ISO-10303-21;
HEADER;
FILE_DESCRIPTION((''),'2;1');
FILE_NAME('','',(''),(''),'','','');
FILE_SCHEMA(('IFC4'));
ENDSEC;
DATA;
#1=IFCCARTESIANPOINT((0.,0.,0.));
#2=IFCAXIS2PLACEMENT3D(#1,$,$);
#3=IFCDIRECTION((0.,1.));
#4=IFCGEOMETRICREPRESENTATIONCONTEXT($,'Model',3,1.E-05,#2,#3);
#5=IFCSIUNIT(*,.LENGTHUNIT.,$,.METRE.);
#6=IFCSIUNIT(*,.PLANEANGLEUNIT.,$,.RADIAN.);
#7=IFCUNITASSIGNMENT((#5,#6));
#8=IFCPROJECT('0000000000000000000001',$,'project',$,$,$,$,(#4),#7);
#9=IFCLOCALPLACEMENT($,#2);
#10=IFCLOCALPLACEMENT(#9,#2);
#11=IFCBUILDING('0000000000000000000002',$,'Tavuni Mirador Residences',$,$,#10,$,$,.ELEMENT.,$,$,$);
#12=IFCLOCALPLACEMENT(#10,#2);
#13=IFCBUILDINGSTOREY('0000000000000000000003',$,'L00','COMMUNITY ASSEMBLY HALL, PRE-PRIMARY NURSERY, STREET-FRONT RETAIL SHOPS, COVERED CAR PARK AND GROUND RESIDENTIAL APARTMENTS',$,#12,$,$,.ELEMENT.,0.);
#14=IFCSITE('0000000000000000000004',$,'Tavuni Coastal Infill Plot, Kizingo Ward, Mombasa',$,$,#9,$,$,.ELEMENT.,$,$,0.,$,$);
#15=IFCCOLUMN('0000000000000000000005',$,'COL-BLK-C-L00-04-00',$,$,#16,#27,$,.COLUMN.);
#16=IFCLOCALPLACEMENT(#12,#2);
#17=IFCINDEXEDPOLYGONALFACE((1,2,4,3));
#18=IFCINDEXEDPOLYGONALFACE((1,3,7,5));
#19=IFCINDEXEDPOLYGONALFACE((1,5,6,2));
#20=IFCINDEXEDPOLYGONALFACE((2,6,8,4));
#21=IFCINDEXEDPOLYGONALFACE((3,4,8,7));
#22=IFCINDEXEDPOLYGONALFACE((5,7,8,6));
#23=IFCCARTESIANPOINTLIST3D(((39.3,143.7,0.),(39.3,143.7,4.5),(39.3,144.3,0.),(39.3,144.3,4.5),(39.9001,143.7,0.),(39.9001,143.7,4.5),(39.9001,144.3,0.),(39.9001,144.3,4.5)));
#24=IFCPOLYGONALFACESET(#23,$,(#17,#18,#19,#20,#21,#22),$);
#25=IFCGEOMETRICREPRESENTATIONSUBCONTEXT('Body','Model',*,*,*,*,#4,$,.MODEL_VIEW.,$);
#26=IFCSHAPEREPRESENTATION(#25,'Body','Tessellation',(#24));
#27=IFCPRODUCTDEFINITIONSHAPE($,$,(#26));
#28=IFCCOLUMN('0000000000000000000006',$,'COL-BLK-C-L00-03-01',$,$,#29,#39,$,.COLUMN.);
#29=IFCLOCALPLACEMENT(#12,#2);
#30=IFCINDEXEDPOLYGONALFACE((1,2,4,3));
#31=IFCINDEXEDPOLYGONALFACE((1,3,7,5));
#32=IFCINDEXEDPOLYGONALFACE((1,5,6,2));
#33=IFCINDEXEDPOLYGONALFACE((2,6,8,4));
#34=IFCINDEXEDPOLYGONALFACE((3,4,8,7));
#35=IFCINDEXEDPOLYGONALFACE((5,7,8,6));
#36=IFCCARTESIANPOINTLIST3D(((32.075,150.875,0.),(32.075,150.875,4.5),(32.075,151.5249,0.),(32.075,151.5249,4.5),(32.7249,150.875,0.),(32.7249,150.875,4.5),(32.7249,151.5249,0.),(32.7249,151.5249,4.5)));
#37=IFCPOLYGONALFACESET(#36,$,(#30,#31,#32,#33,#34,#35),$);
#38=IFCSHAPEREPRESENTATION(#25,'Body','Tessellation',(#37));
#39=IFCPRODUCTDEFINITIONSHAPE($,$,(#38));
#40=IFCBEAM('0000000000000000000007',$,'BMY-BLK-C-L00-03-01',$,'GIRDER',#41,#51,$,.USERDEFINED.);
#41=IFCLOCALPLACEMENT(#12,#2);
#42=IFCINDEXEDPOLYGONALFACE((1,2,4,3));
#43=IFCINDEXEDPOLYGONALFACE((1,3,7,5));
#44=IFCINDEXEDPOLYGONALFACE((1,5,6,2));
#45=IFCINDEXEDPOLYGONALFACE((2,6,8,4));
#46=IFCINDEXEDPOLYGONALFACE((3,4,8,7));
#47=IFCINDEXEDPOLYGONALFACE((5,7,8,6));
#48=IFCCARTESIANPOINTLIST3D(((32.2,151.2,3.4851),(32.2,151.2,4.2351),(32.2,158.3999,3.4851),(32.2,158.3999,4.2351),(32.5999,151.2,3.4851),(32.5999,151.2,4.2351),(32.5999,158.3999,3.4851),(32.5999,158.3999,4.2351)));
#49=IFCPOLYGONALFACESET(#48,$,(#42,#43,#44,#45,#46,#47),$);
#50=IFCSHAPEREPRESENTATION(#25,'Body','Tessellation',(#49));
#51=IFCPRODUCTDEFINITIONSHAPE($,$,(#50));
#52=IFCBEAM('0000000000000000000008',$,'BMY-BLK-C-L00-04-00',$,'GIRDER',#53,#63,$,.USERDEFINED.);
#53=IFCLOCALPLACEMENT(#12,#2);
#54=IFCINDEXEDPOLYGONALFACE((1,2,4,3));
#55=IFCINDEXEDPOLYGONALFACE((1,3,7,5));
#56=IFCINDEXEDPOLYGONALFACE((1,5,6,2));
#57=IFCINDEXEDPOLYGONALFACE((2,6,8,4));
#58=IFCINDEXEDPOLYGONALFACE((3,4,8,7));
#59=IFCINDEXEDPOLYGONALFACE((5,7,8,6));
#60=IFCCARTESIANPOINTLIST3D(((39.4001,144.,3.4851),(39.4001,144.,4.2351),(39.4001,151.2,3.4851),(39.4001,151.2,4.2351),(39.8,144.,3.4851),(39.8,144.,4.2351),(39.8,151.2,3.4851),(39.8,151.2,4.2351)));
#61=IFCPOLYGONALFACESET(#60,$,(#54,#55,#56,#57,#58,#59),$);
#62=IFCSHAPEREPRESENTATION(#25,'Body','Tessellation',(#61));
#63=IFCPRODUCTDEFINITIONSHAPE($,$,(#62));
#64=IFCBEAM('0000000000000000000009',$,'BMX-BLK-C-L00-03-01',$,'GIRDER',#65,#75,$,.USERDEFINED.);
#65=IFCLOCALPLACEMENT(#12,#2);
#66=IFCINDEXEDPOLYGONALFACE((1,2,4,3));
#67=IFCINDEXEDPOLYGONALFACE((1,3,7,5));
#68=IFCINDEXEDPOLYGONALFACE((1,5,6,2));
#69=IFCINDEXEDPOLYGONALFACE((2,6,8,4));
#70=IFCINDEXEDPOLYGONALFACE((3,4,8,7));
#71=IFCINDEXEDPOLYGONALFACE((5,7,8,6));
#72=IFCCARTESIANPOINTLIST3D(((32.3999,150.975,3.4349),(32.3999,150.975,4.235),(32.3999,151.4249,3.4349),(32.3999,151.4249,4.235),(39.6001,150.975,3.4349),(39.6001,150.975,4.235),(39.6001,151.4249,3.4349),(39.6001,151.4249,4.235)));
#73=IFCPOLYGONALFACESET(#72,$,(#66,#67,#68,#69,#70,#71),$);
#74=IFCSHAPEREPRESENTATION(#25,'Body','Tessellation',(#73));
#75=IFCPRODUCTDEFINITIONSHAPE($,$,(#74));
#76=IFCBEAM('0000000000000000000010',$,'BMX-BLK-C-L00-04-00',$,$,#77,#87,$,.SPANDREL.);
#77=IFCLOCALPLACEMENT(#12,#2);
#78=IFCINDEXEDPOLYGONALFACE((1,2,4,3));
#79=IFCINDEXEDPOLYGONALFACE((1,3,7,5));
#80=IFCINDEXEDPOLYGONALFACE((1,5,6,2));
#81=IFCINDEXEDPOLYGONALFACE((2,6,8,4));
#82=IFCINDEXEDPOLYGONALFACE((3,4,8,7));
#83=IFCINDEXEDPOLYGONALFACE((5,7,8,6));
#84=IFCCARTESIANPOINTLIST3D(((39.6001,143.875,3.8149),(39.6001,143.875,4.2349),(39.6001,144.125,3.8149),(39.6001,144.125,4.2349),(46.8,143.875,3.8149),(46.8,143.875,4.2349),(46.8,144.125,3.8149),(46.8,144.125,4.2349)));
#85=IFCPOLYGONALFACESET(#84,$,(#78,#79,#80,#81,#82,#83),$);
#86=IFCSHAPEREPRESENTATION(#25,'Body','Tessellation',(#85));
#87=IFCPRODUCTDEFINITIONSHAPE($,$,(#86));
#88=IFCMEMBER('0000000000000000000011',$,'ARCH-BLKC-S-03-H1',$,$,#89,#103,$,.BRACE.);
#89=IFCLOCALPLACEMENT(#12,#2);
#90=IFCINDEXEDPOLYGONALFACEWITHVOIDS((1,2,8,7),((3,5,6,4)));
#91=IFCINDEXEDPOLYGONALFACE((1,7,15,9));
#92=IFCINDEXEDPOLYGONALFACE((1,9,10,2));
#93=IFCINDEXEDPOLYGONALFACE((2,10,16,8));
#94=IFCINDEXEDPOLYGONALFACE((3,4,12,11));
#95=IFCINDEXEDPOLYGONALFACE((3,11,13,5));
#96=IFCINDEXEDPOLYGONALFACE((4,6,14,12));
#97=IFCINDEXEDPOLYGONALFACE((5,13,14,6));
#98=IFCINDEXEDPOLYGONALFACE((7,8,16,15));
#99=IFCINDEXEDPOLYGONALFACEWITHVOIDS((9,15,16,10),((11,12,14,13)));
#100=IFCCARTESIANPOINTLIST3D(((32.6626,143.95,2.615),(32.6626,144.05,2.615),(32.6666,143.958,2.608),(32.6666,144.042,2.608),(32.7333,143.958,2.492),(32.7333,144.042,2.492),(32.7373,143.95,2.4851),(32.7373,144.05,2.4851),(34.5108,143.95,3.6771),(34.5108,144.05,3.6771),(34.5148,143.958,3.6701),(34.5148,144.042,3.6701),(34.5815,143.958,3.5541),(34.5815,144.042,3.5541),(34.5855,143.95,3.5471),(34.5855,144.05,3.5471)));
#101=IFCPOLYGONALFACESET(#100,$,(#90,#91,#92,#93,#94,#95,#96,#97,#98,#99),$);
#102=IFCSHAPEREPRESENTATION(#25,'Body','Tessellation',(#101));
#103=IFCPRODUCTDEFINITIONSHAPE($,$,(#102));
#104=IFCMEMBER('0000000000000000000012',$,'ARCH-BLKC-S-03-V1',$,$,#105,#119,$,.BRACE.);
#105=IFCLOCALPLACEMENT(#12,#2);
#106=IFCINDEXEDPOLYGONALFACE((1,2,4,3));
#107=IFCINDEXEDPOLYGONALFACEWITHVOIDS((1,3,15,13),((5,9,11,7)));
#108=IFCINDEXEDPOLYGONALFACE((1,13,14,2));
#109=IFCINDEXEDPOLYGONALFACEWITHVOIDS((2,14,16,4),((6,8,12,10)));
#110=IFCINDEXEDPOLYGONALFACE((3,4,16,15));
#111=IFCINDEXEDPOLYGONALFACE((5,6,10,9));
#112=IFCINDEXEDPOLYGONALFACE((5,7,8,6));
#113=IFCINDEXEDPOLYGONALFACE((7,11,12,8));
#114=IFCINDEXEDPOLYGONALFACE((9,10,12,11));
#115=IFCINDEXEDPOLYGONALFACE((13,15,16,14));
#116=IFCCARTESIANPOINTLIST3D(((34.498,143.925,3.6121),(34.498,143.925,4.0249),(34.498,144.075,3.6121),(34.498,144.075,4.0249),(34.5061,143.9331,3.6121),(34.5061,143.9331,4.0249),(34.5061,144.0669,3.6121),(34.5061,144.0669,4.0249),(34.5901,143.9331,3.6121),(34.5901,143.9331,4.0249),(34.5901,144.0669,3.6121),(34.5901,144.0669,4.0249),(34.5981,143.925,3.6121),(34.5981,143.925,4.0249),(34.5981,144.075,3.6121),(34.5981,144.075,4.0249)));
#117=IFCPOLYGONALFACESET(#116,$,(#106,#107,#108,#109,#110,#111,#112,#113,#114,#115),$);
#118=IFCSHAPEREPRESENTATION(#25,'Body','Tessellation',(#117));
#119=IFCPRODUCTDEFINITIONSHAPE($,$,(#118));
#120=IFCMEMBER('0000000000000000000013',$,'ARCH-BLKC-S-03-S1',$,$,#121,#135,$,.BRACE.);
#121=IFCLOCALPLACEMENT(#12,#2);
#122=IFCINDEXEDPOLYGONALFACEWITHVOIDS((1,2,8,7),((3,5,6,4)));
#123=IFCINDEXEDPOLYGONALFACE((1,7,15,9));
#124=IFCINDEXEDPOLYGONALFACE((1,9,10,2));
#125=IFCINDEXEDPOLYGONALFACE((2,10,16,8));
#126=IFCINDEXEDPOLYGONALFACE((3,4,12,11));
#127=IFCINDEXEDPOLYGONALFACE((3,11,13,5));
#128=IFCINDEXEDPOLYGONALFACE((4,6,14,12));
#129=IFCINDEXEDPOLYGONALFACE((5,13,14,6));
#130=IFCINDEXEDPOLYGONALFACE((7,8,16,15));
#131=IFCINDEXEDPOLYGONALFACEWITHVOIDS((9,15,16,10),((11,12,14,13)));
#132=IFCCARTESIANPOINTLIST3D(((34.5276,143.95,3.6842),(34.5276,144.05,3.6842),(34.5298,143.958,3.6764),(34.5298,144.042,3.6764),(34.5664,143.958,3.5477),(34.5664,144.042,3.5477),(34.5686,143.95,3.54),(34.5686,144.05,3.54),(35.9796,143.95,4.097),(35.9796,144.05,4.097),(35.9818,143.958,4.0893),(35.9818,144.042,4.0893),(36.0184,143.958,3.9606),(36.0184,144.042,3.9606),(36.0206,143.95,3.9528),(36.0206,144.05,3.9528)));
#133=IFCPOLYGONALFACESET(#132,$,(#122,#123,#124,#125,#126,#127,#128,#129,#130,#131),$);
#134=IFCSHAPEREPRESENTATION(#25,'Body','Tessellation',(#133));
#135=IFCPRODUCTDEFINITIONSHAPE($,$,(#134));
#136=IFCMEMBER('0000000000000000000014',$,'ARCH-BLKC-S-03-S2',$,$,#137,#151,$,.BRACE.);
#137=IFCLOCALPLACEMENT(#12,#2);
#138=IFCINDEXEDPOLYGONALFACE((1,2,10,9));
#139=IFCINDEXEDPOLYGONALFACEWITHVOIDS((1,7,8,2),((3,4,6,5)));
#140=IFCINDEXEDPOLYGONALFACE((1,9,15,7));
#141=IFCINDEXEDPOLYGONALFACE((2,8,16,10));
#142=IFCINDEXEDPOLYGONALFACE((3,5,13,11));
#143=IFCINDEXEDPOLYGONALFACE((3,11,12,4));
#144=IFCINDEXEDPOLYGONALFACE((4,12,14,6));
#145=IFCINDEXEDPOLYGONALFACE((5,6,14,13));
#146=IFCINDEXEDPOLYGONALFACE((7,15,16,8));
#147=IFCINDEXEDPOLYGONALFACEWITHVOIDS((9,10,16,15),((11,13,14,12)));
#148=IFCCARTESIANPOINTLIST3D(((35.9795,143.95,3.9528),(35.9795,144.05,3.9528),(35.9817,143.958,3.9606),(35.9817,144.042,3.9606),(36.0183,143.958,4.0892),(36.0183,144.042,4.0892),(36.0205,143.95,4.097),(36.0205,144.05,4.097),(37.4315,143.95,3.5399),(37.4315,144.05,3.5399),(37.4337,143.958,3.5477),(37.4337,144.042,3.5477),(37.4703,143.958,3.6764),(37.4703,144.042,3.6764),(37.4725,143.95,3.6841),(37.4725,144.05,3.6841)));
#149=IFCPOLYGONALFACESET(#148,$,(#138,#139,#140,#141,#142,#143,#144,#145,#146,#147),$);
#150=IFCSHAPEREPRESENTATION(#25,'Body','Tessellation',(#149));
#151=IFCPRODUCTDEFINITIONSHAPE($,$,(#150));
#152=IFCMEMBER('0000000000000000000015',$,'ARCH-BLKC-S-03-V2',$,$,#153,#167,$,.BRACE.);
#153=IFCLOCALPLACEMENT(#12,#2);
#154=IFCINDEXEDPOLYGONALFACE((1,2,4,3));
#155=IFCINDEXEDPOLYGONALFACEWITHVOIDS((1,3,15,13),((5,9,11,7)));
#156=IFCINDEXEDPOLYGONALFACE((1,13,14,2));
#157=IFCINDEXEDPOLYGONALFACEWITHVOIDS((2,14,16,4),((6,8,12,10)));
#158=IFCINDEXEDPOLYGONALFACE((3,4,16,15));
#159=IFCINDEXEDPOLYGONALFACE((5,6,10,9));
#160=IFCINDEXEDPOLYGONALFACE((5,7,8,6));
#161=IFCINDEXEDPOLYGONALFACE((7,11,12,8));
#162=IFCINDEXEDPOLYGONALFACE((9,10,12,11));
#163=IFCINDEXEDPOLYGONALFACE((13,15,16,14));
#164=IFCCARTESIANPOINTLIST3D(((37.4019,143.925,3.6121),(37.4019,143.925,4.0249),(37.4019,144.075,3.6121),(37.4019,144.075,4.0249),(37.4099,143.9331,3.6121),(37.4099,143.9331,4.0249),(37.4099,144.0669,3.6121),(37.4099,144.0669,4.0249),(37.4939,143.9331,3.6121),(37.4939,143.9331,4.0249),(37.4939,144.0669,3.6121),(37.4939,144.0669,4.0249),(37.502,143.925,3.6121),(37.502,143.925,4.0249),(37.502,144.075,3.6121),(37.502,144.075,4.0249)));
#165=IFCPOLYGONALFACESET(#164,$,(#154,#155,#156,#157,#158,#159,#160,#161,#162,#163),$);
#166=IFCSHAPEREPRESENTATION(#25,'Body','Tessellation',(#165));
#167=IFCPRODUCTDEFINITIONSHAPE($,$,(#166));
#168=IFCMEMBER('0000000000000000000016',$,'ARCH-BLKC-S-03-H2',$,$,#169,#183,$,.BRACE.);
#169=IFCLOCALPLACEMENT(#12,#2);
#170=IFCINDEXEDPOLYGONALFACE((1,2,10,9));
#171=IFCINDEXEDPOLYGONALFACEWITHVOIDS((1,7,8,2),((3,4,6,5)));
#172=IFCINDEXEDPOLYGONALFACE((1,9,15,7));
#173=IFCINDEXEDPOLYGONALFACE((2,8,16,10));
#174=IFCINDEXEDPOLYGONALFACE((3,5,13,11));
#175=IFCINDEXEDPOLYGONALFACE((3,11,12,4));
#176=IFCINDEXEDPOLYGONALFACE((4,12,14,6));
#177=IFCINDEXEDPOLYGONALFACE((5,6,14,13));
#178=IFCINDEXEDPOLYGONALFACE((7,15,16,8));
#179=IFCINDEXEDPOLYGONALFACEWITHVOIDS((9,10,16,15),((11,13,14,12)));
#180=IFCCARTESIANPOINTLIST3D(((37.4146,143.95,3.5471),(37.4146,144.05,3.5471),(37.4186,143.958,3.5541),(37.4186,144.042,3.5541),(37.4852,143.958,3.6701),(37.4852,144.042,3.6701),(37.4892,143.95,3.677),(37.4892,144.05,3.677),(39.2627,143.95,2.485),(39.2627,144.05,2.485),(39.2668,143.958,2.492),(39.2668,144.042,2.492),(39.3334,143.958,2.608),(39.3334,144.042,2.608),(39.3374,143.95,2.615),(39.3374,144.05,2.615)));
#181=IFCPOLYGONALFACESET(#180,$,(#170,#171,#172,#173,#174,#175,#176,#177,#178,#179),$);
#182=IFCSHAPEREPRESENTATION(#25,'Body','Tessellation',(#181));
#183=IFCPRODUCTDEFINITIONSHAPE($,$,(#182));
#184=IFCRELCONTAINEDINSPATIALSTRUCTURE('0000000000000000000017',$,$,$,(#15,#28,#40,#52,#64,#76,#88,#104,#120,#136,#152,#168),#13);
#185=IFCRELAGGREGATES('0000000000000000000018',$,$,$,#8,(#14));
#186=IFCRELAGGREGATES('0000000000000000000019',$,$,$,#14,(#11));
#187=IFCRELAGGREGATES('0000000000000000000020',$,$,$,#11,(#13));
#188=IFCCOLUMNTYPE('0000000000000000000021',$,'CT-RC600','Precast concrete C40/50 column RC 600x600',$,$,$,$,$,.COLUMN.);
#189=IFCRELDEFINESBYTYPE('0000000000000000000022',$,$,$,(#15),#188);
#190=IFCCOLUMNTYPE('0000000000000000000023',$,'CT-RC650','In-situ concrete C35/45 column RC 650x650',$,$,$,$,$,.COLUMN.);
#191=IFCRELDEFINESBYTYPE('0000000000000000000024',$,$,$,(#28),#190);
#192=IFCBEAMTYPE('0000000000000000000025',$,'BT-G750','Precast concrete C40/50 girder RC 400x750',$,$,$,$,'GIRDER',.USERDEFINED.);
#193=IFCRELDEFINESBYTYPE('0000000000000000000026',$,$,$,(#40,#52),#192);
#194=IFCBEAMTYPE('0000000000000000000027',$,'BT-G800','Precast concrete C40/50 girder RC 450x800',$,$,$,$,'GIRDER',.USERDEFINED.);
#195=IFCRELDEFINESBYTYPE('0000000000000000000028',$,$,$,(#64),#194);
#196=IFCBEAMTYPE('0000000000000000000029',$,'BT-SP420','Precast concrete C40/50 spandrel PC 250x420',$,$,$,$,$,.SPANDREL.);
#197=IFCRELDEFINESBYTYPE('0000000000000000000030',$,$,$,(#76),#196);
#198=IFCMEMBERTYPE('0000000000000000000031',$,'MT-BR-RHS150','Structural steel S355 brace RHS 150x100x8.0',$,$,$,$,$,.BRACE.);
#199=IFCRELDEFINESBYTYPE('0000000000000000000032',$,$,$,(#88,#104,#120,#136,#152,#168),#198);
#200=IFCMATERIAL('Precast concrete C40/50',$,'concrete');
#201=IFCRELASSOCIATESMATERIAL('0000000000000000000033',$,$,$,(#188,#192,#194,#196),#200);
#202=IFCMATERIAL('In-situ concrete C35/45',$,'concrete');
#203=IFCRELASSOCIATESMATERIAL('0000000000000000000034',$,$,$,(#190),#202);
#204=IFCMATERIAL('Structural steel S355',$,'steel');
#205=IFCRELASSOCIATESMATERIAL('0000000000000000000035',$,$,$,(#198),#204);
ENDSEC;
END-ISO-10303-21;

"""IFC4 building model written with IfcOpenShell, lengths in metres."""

from ifc_helpers import new_model, si_unit, direction, frame, origin, origin_2d, place, context, subcontext, project, spatial, rectangle, hollow_rectangle, extrude, material, material_profile, profile_set, type_object, element, save


model = new_model("IFC4")

# Units and contexts
model_context = context("Model", 3, precision=1e-05, world=origin(), true_north=direction((0.0, 1.0)))
body_context = subcontext(model_context, "Body", "Model", "MODEL_VIEW")
ifc_project = project(units=[si_unit("LENGTHUNIT", "METRE"), si_unit("PLANEANGLEUNIT", "RADIAN")], contexts=[model_context])

# Site, building, storey
site_placement = place(None, origin())
site = spatial("IfcSite", under=ifc_project, at=site_placement, Name="Tavuni Coastal Infill Plot, Kizingo Ward, Mombasa", CompositionType="ELEMENT", RefElevation=0.0)
building_placement = place(site_placement, origin())
building = spatial("IfcBuilding", under=site, at=building_placement, Name="Tavuni Mirador Residences", CompositionType="ELEMENT")
storey_placement = place(building_placement, origin())
storey = spatial("IfcBuildingStorey", under=building, at=storey_placement, Name="L00", Description="COMMUNITY ASSEMBLY HALL, PRE-PRIMARY NURSERY, STREET-FRONT RETAIL SHOPS, COVERED CAR PARK AND GROUND RESIDENTIAL APARTMENTS", CompositionType="ELEMENT", Elevation=0.0)

# Columns
ifc_material_1 = material(Name="Precast concrete C40/50", Category="concrete")
ifc_material_profile_1 = material_profile(ifc_material_1, rectangle(XDim=0.6001, YDim=0.6001, at=origin_2d()), Name="RC 600x600", Category="concrete")
ifc_profile_set_1 = profile_set([ifc_material_profile_1], Name="Precast concrete C40/50")
column_type_1 = type_object("IfcColumnType", Name="CT-RC600", Description="Precast concrete C40/50 column RC 600x600", PredefinedType="COLUMN", material=ifc_profile_set_1)
column_1_placement = place(storey_placement, frame((39.6001, 144.0, 0.0), z_axis=(0.0, 0.0, 1.0), x_axis=(1.0, 0.0, 0.0)))
element("IfcColumn", 1, at=column_1_placement, inside=storey, type_object=column_type_1, Name="COL-BLK-C-L00-04-00", PredefinedType="COLUMN", context=body_context, shape_type="SweptSolid", body=[
    extrude(rectangle(XDim=0.6001, YDim=0.6001, at=origin_2d()), origin(), (0.0, 0.0, 1.0), 4.5),
])
ifc_material_2 = material(Name="In-situ concrete C35/45", Category="concrete")
ifc_material_profile_2 = material_profile(ifc_material_2, rectangle(XDim=0.6499, YDim=0.6499, at=origin_2d()), Name="RC 650x650", Category="concrete")
ifc_profile_set_2 = profile_set([ifc_material_profile_2], Name="In-situ concrete C35/45")
column_type_2 = type_object("IfcColumnType", Name="CT-RC650", Description="In-situ concrete C35/45 column RC 650x650", PredefinedType="COLUMN", material=ifc_profile_set_2)
column_2_placement = place(storey_placement, frame((32.3999, 151.2, 0.0), z_axis=(0.0, 0.0, 1.0), x_axis=(1.0, 0.0, 0.0)))
element("IfcColumn", 2, at=column_2_placement, inside=storey, type_object=column_type_2, Name="COL-BLK-C-L00-03-01", PredefinedType="COLUMN", context=body_context, shape_type="SweptSolid", body=[
    extrude(rectangle(XDim=0.6499, YDim=0.6499, at=origin_2d()), origin(), (0.0, 0.0, 1.0), 4.5),
])

# Beams
ifc_material_profile_3 = material_profile(ifc_material_1, rectangle(XDim=0.3999, YDim=0.75, at=origin_2d()), Name="RC 400x750", Category="concrete")
ifc_profile_set_3 = profile_set([ifc_material_profile_3], Name="Precast concrete C40/50")
beam_type_1 = type_object("IfcBeamType", Name="BT-G750", Description="Precast concrete C40/50 girder RC 400x750", ElementType="GIRDER", PredefinedType="USERDEFINED", material=ifc_profile_set_3)
for number, where, z_axis, x_axis, name in (
    (3, (32.3999, 151.2, 3.8601), (0.0, 1.0, 0.0), (-1.0, 0.0, 0.0), "BMY-BLK-C-L00-03-01"),
    (4, (39.6001, 144.0, 3.8601), (0.0, 1.0, 0.0), (-1.0, 0.0, 0.0), "BMY-BLK-C-L00-04-00"),
):
    element("IfcBeam", number, at=place(storey_placement, frame(where, z_axis=z_axis, x_axis=x_axis)), inside=storey, type_object=beam_type_1, Name=name, ObjectType="GIRDER", PredefinedType="USERDEFINED", context=body_context, shape_type="SweptSolid", body=[
        extrude(rectangle(XDim=0.3999, YDim=0.75, at=origin_2d()), origin(), (0.0, 0.0, 1.0), 7.2),
    ])
ifc_material_profile_4 = material_profile(ifc_material_1, rectangle(XDim=0.45, YDim=0.8, at=origin_2d()), Name="RC 450x800", Category="concrete")
ifc_profile_set_4 = profile_set([ifc_material_profile_4], Name="Precast concrete C40/50")
beam_type_2 = type_object("IfcBeamType", Name="BT-G800", Description="Precast concrete C40/50 girder RC 450x800", ElementType="GIRDER", PredefinedType="USERDEFINED", material=ifc_profile_set_4)
beam_1_placement = place(storey_placement, frame((32.3999, 151.2, 3.835), z_axis=(1.0, 0.0, 0.0), x_axis=(0.0, 1.0, 0.0)))
element("IfcBeam", 5, at=beam_1_placement, inside=storey, type_object=beam_type_2, Name="BMX-BLK-C-L00-03-01", ObjectType="GIRDER", PredefinedType="USERDEFINED", context=body_context, shape_type="SweptSolid", body=[
    extrude(rectangle(XDim=0.45, YDim=0.8, at=origin_2d()), origin(), (0.0, 0.0, 1.0), 7.2002),
])
ifc_material_profile_5 = material_profile(ifc_material_1, rectangle(XDim=0.25, YDim=0.4199, at=origin_2d()), Name="PC 250x420", Category="concrete")
ifc_profile_set_5 = profile_set([ifc_material_profile_5], Name="Precast concrete C40/50")
beam_type_3 = type_object("IfcBeamType", Name="BT-SP420", Description="Precast concrete C40/50 spandrel PC 250x420", PredefinedType="SPANDREL", material=ifc_profile_set_5)
beam_2_placement = place(storey_placement, frame((39.6001, 144.0, 4.0249), z_axis=(1.0, 0.0, 0.0), x_axis=(0.0, 1.0, 0.0)))
element("IfcBeam", 6, at=beam_2_placement, inside=storey, type_object=beam_type_3, Name="BMX-BLK-C-L00-04-00", PredefinedType="SPANDREL", context=body_context, shape_type="SweptSolid", body=[
    extrude(rectangle(XDim=0.25, YDim=0.4199, at=origin_2d()), origin(), (0.0, 0.0, 1.0), 7.2),
])

# Members
ifc_material_3 = material(Name="Structural steel S355", Category="steel")
ifc_material_profile_6 = material_profile(ifc_material_3, hollow_rectangle(XDim=0.1001, YDim=0.1499, WallThickness=0.0081, at=origin_2d()), Name="RHS 150x100x8.0", Category="steel")
ifc_profile_set_6 = profile_set([ifc_material_profile_6], Name="Structural steel S355")
member_type = type_object("IfcMemberType", Name="MT-BR-RHS150", Description="Structural steel S355 brace RHS 150x100x8.0", PredefinedType="BRACE", material=ifc_profile_set_6)
member_1_placement = place(storey_placement, frame((32.7, 144.0, 2.55), z_axis=(0.867042, 0.0, 0.498234), x_axis=(0.0, 1.0, 0.0)))
element("IfcMember", 7, at=member_1_placement, inside=storey, type_object=member_type, Name="ARCH-BLKC-S-03-H1", PredefinedType="BRACE", context=body_context, shape_type="SweptSolid", body=[
    extrude(hollow_rectangle(XDim=0.1001, YDim=0.1499, WallThickness=0.0081, at=origin_2d()), origin(), (0.0, 0.0, 1.0), 2.1316),
])
member_2_placement = place(storey_placement, frame((34.5481, 144.0, 3.6121), z_axis=(0.0, 0.0, 1.0), x_axis=(1.0, 0.0, 0.0)))
element("IfcMember", 8, at=member_2_placement, inside=storey, type_object=member_type, Name="ARCH-BLKC-S-03-V1", PredefinedType="BRACE", context=body_context, shape_type="SweptSolid", body=[
    extrude(hollow_rectangle(XDim=0.1001, YDim=0.1499, WallThickness=0.0081, at=origin_2d()), origin(), (0.0, 0.0, 1.0), 0.4128),
])
for number, where, z_axis, x_axis, name in (
    (9, (34.5481, 144.0, 3.6121), (0.961871, 0.0, 0.273503), (0.0, 1.0, 0.0), "ARCH-BLKC-S-03-S1"),
    (10, (36.0, 144.0, 4.0249), (0.961871, 0.0, -0.273503), (0.0, 1.0, 0.0), "ARCH-BLKC-S-03-S2"),
):
    element("IfcMember", number, at=place(storey_placement, frame(where, z_axis=z_axis, x_axis=x_axis)), inside=storey, type_object=member_type, Name=name, PredefinedType="BRACE", context=body_context, shape_type="SweptSolid", body=[
        extrude(hollow_rectangle(XDim=0.1001, YDim=0.1499, WallThickness=0.0081, at=origin_2d()), origin(), (0.0, 0.0, 1.0), 1.5095),
    ])
member_3_placement = place(storey_placement, frame((37.4519, 144.0, 3.6121), z_axis=(0.0, 0.0, 1.0), x_axis=(1.0, 0.0, 0.0)))
element("IfcMember", 11, at=member_3_placement, inside=storey, type_object=member_type, Name="ARCH-BLKC-S-03-V2", PredefinedType="BRACE", context=body_context, shape_type="SweptSolid", body=[
    extrude(hollow_rectangle(XDim=0.1001, YDim=0.1499, WallThickness=0.0081, at=origin_2d()), origin(), (0.0, 0.0, 1.0), 0.4128),
])
member_4_placement = place(storey_placement, frame((37.4519, 144.0, 3.6121), z_axis=(0.867042, 0.0, -0.498234), x_axis=(0.0, 1.0, 0.0)))
element("IfcMember", 12, at=member_4_placement, inside=storey, type_object=member_type, Name="ARCH-BLKC-S-03-H2", PredefinedType="BRACE", context=body_context, shape_type="SweptSolid", body=[
    extrude(hollow_rectangle(XDim=0.1001, YDim=0.1499, WallThickness=0.0081, at=origin_2d()), origin(), (0.0, 0.0, 1.0), 2.1316),
])

save(model, "model.ifc")
